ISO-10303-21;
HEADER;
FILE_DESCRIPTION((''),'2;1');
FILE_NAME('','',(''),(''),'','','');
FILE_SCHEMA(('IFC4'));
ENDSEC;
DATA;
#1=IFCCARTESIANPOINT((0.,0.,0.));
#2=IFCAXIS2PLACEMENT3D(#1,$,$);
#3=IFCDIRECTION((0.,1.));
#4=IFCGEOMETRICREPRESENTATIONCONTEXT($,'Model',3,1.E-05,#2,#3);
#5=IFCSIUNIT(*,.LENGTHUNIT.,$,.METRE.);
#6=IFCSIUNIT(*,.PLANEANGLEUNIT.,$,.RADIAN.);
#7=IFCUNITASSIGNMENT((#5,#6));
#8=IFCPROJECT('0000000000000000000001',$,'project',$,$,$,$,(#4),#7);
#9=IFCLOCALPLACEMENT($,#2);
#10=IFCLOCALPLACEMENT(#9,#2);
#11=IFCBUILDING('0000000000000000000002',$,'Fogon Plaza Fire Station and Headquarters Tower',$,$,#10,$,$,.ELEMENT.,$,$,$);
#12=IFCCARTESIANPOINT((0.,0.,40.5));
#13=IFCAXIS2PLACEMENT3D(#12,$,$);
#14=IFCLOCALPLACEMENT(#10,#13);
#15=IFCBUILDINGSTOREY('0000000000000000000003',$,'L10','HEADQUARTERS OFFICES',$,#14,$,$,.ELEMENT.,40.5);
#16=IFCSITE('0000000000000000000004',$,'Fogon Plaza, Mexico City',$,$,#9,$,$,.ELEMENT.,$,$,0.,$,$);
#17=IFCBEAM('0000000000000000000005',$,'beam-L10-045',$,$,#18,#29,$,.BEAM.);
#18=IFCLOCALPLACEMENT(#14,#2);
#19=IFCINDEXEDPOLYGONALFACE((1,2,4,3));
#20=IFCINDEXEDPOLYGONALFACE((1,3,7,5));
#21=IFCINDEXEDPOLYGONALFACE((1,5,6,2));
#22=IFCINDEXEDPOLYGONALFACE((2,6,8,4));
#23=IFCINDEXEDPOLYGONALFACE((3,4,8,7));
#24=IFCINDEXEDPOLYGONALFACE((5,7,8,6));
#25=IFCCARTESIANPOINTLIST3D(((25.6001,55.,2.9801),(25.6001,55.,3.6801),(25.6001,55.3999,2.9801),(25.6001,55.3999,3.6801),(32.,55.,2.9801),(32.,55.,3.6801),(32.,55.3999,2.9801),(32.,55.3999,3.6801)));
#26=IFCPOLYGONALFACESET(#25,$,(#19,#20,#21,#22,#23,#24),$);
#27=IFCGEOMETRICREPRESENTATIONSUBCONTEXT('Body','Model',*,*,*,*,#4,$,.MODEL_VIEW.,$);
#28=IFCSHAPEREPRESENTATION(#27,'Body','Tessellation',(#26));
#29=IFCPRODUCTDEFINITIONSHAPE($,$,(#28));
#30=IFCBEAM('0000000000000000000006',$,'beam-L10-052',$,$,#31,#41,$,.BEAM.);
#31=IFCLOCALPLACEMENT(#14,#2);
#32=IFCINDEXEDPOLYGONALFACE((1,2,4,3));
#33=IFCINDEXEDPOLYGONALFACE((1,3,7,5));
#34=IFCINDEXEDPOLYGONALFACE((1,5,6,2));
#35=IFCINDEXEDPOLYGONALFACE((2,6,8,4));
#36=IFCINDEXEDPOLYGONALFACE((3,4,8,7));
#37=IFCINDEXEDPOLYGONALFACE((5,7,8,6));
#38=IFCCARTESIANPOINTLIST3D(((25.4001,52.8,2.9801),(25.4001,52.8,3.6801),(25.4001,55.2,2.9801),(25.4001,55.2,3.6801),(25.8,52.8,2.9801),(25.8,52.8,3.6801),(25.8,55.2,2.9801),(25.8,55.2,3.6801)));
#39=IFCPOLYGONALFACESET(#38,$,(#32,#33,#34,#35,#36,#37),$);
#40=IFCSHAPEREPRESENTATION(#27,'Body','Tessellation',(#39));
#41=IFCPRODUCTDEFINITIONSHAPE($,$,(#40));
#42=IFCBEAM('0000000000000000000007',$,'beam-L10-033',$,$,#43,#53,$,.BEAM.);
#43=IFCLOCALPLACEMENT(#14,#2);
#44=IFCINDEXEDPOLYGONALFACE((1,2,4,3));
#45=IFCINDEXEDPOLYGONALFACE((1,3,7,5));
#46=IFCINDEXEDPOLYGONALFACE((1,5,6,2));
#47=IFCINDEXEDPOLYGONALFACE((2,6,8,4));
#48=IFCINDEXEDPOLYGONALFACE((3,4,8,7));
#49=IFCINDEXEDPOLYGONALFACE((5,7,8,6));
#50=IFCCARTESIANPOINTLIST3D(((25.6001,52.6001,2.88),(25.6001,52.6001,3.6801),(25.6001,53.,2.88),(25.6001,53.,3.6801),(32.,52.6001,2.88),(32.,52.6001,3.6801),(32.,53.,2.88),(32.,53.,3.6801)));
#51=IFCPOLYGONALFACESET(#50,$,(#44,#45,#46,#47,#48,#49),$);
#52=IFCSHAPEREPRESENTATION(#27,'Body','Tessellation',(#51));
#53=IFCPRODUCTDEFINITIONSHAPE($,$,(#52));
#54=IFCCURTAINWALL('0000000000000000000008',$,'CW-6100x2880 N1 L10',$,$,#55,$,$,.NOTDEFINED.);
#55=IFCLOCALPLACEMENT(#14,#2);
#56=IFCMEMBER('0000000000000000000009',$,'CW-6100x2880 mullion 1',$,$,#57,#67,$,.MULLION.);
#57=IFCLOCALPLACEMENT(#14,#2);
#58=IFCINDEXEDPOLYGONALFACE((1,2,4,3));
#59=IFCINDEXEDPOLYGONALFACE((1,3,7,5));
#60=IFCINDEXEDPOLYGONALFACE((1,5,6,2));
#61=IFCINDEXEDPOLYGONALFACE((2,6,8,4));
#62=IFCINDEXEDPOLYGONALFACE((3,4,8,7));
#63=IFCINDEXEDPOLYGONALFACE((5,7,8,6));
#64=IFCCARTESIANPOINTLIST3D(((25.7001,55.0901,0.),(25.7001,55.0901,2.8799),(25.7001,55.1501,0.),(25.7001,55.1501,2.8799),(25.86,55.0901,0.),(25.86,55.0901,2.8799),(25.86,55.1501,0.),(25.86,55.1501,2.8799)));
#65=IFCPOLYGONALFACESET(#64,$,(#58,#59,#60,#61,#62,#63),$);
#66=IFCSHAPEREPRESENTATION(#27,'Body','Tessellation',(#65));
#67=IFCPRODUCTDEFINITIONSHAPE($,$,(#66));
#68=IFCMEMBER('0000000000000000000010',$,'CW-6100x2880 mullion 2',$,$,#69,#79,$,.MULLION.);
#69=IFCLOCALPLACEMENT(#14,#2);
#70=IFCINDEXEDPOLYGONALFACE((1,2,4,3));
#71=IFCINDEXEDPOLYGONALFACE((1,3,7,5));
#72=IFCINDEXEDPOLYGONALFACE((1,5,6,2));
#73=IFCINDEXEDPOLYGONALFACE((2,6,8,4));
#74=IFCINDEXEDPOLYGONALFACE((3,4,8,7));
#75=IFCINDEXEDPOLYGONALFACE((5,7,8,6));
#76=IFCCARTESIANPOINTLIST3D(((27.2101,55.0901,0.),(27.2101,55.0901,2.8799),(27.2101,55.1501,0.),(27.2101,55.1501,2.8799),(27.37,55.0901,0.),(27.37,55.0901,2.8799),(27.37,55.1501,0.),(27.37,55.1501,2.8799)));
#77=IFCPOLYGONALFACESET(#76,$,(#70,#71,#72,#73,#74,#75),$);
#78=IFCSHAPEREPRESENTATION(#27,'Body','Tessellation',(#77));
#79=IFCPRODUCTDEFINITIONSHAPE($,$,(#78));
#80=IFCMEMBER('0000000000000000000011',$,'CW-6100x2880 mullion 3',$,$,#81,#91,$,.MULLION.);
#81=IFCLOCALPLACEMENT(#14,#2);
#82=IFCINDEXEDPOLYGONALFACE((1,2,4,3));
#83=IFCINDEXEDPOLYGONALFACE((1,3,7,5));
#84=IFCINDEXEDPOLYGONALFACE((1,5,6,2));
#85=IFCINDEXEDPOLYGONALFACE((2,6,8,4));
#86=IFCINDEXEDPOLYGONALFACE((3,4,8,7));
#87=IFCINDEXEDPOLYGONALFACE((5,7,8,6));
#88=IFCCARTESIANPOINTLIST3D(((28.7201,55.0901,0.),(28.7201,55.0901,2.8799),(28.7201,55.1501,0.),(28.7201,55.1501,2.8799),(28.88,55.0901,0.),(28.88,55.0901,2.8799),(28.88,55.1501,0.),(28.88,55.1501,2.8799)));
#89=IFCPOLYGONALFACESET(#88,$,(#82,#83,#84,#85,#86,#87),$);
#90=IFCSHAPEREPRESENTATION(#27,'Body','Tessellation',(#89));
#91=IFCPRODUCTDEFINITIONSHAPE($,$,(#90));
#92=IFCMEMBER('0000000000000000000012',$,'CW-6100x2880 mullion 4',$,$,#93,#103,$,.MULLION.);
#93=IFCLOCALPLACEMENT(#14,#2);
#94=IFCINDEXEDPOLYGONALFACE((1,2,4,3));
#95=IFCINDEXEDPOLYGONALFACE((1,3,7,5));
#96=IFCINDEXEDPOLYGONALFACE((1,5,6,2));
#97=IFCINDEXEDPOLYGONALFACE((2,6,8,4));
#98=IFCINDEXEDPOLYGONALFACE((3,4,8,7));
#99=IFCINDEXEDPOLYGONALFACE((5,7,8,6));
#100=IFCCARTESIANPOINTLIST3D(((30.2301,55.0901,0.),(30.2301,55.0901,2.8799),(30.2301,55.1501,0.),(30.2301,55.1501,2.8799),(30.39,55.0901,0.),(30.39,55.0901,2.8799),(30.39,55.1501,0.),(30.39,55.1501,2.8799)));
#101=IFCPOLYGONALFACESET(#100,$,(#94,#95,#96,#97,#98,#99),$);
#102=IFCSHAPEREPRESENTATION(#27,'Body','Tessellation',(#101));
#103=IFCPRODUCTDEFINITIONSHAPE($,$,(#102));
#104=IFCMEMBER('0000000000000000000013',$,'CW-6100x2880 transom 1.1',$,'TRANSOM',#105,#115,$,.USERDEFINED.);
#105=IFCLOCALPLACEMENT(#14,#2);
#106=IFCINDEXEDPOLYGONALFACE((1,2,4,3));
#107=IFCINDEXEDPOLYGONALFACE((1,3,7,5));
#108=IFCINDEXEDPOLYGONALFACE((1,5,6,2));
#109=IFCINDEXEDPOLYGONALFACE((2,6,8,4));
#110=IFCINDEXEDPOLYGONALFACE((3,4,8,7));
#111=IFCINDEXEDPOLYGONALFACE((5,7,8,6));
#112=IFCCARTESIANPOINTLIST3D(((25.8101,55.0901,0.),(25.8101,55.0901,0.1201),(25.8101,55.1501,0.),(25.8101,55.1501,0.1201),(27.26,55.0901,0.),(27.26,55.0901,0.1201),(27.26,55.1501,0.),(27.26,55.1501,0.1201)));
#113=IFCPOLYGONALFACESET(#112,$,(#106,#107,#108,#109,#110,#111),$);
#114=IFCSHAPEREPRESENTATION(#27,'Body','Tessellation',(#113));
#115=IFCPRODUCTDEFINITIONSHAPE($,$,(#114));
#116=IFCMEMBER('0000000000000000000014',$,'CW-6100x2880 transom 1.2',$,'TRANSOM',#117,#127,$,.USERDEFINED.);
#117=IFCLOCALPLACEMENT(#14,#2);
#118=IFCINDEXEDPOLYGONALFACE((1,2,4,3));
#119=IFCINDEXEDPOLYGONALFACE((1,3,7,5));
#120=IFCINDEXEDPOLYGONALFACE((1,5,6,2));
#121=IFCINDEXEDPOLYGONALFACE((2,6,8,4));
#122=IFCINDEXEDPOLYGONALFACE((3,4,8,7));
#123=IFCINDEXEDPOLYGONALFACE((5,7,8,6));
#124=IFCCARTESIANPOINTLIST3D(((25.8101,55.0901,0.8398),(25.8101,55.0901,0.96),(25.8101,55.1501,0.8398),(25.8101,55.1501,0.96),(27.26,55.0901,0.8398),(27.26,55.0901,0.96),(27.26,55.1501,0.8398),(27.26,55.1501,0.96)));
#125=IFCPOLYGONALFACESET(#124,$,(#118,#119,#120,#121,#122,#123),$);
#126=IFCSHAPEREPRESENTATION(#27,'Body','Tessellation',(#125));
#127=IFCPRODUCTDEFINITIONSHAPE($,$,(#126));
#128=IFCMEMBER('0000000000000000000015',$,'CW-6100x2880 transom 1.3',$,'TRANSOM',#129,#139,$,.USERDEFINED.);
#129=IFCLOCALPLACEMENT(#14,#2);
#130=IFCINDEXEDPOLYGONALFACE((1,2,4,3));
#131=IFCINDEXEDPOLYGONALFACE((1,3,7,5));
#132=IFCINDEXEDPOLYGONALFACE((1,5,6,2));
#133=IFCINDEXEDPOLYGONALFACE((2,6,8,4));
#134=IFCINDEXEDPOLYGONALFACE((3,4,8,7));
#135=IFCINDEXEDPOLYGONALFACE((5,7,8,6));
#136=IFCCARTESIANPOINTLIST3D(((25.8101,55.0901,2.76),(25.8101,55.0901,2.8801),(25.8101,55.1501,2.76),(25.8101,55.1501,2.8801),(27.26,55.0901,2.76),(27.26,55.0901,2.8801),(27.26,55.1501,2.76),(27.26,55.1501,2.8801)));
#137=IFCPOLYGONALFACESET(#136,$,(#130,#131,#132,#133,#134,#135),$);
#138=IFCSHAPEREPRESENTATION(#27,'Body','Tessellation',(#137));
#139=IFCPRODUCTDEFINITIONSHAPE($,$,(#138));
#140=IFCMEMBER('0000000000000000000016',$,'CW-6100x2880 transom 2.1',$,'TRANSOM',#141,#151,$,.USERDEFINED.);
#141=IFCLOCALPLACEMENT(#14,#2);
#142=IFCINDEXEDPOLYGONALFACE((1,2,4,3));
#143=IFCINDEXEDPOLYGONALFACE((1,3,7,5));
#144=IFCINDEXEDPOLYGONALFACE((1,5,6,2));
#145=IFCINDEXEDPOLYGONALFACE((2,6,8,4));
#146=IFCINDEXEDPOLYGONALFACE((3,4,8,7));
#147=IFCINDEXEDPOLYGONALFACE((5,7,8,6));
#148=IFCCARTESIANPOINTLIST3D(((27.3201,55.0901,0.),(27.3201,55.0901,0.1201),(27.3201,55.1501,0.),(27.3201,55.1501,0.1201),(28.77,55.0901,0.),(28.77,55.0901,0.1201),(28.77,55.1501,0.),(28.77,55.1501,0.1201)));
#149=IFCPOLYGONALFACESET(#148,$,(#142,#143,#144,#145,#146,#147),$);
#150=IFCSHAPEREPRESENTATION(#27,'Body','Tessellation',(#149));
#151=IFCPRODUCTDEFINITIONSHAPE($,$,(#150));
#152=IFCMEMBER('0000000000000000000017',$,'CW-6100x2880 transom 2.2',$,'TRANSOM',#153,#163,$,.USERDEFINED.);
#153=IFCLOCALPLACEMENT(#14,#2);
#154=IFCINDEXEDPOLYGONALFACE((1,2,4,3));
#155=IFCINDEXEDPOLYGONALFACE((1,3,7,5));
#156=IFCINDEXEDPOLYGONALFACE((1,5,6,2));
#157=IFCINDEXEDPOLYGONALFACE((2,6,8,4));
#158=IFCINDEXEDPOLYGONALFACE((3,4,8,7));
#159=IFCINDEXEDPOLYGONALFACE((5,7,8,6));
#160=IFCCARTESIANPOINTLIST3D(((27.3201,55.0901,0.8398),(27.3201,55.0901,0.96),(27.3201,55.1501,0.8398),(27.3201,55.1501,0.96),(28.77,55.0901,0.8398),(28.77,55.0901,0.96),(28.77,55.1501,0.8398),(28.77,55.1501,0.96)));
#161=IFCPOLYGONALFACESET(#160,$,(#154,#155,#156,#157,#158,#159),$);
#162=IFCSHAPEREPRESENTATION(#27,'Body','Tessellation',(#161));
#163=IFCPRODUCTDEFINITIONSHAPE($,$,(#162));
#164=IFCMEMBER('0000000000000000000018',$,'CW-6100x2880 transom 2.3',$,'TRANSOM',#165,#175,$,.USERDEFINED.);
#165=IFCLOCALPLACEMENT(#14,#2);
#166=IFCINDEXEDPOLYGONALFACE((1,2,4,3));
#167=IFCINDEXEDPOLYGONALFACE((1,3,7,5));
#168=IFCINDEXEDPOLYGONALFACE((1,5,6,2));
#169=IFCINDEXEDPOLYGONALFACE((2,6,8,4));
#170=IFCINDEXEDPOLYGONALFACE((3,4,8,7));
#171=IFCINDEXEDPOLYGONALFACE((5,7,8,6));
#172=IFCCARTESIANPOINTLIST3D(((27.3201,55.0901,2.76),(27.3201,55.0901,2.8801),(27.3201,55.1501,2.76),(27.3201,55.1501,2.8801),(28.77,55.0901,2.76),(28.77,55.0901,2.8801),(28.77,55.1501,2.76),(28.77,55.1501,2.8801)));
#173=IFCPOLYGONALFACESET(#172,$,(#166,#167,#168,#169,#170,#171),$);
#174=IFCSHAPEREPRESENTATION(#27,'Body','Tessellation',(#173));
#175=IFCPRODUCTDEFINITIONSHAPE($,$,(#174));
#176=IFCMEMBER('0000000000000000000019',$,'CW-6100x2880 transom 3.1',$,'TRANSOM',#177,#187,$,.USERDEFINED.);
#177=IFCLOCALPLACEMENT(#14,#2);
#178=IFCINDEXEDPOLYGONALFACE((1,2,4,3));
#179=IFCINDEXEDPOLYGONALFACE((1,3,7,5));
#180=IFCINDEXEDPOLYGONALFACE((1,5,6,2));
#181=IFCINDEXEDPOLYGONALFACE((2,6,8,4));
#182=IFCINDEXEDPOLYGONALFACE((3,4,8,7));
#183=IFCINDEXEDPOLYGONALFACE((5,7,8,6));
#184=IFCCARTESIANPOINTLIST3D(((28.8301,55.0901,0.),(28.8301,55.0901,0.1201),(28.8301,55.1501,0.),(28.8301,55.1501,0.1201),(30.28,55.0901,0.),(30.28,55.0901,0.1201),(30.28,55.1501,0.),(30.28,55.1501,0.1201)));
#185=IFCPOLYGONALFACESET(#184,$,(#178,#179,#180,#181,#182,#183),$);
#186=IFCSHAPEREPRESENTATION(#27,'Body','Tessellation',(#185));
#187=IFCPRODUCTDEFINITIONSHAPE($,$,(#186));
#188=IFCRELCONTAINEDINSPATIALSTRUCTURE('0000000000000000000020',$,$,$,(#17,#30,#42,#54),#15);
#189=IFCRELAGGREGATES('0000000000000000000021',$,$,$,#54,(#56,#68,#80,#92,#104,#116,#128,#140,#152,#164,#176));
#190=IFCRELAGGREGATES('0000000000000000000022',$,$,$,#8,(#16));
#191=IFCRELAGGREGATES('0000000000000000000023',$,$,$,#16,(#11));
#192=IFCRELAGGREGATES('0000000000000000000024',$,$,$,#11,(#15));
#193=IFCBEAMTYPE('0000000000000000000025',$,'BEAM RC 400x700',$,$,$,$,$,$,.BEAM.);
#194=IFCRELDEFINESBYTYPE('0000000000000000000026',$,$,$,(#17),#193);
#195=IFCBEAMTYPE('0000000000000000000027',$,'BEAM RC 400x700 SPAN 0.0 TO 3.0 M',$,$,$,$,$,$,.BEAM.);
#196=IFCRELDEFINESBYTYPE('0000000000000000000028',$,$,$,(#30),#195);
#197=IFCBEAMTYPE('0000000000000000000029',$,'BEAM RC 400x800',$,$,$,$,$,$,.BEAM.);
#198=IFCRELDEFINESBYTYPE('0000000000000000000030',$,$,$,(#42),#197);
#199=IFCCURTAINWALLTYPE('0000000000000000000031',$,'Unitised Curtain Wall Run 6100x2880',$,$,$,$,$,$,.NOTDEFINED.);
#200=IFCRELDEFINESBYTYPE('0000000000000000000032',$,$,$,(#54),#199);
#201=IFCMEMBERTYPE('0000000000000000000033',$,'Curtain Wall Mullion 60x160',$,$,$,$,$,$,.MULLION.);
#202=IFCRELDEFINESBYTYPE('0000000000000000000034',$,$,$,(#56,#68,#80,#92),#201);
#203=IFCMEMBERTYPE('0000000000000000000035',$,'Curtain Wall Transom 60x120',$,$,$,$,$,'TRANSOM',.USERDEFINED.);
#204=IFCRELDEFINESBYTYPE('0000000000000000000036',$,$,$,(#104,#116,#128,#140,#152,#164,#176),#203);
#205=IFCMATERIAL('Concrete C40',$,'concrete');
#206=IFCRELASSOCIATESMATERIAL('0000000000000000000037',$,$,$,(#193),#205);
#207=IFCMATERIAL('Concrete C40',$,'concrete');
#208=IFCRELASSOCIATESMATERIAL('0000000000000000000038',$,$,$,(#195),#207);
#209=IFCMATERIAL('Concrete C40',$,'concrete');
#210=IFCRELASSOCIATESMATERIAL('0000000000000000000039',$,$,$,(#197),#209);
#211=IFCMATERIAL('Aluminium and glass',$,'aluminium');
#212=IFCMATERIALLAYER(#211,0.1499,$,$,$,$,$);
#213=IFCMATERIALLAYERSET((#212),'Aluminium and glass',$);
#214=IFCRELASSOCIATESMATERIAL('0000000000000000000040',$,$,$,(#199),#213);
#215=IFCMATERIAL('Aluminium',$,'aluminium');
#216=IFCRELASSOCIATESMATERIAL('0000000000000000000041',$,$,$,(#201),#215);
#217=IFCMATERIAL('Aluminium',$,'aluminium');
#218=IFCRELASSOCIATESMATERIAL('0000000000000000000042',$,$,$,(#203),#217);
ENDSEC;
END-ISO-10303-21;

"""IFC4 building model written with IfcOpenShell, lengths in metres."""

from ifc_helpers import new_model, si_unit, direction, frame, origin, origin_2d, place, context, subcontext, project, spatial, rectangle, extrude, material, layer, layer_set, material_profile, profile_set, type_object, element, aggregate, save


model = new_model("IFC4")

# Units and contexts
model_context = context("Model", 3, precision=1e-05, world=origin(), true_north=direction((0.0, 1.0)))
body_context = subcontext(model_context, "Body", "Model", "MODEL_VIEW")
ifc_project = project(units=[si_unit("LENGTHUNIT", "METRE"), si_unit("PLANEANGLEUNIT", "RADIAN")], contexts=[model_context])

# Site, building, storey
site_placement = place(None, origin())
site = spatial("IfcSite", under=ifc_project, at=site_placement, Name="Fogon Plaza, Mexico City", CompositionType="ELEMENT", RefElevation=0.0)
building_placement = place(site_placement, origin())
building = spatial("IfcBuilding", under=site, at=building_placement, Name="Fogon Plaza Fire Station and Headquarters Tower", CompositionType="ELEMENT")
storey_placement = place(building_placement, frame((0.0, 0.0, 40.5)))
storey = spatial("IfcBuildingStorey", under=building, at=storey_placement, Name="L10", Description="HEADQUARTERS OFFICES", CompositionType="ELEMENT", Elevation=40.5)

# Beams
ifc_material_1 = material(Name="Concrete C40", Category="concrete")
ifc_material_profile_1 = material_profile(ifc_material_1, rectangle(XDim=0.3999, YDim=0.7, at=origin_2d()), Name="RC 400x700")
ifc_profile_set_1 = profile_set([ifc_material_profile_1], Name="Concrete C40")
beam_type_1 = type_object("IfcBeamType", Name="BEAM RC 400x700", PredefinedType="BEAM", material=ifc_profile_set_1)
beam_1_placement = place(storey_placement, frame((25.6001, 55.2, 3.3301), z_axis=(1.0, 0.0, 0.0), x_axis=(0.0, 1.0, 0.0)))
element("IfcBeam", 1, at=beam_1_placement, inside=storey, type_object=beam_type_1, Name="beam-L10-045", PredefinedType="BEAM", context=body_context, shape_type="SweptSolid", body=[
    extrude(rectangle(XDim=0.3999, YDim=0.7, at=origin_2d()), origin(), (0.0, 0.0, 1.0), 6.3999),
])
ifc_material_2 = material(Name="Concrete C40", Category="concrete")
ifc_material_profile_2 = material_profile(ifc_material_2, rectangle(XDim=0.3999, YDim=0.7, at=origin_2d()), Name="RC 400x700")
ifc_profile_set_2 = profile_set([ifc_material_profile_2], Name="Concrete C40")
beam_type_2 = type_object("IfcBeamType", Name="BEAM RC 400x700 SPAN 0.0 TO 3.0 M", PredefinedType="BEAM", material=ifc_profile_set_2)
beam_2_placement = place(storey_placement, frame((25.6001, 52.8, 3.3301), z_axis=(0.0, 1.0, 0.0), x_axis=(-1.0, 0.0, 0.0)))
element("IfcBeam", 2, at=beam_2_placement, inside=storey, type_object=beam_type_2, Name="beam-L10-052", PredefinedType="BEAM", context=body_context, shape_type="SweptSolid", body=[
    extrude(rectangle(XDim=0.3999, YDim=0.7, at=origin_2d()), origin(), (0.0, 0.0, 1.0), 2.3999),
])
ifc_material_3 = material(Name="Concrete C40", Category="concrete")
ifc_material_profile_3 = material_profile(ifc_material_3, rectangle(XDim=0.3999, YDim=0.8, at=origin_2d()), Name="RC 400x800")
ifc_profile_set_3 = profile_set([ifc_material_profile_3], Name="Concrete C40")
beam_type_3 = type_object("IfcBeamType", Name="BEAM RC 400x800", PredefinedType="BEAM", material=ifc_profile_set_3)
beam_3_placement = place(storey_placement, frame((25.6001, 52.8, 3.28), z_axis=(1.0, 0.0, 0.0), x_axis=(0.0, 1.0, 0.0)))
element("IfcBeam", 3, at=beam_3_placement, inside=storey, type_object=beam_type_3, Name="beam-L10-033", PredefinedType="BEAM", context=body_context, shape_type="SweptSolid", body=[
    extrude(rectangle(XDim=0.3999, YDim=0.8, at=origin_2d()), origin(), (0.0, 0.0, 1.0), 6.3999),
])

# Curtain wall, members
ifc_material_4 = material(Name="Aluminium and glass", Category="aluminium")
ifc_layer_1 = layer(ifc_material_4, 0.1499)
ifc_layer_set_1 = layer_set([ifc_layer_1], Name="Aluminium and glass")
curtain_wall_type = type_object("IfcCurtainWallType", Name="Unitised Curtain Wall Run 6100x2880", PredefinedType="NOTDEFINED", material=ifc_layer_set_1)
curtain_wall_placement = place(storey_placement, origin())
curtain_wall = element("IfcCurtainWall", 4, at=curtain_wall_placement, inside=storey, type_object=curtain_wall_type, Name="CW-6100x2880 N1 L10", PredefinedType="NOTDEFINED")
ifc_material_5 = material(Name="Aluminium", Category="aluminium")
ifc_material_profile_4 = material_profile(ifc_material_5, rectangle(XDim=0.0601, YDim=0.1599, at=origin_2d()), Name="Curtain Wall Mullion 60x160")
ifc_profile_set_4 = profile_set([ifc_material_profile_4], Name="Aluminium")
member_type_1 = type_object("IfcMemberType", Name="Curtain Wall Mullion 60x160", PredefinedType="MULLION", material=ifc_profile_set_4)
member_1_placement = place(storey_placement, frame((25.78, 55.1201, 0.0), z_axis=(0.0, 0.0, 1.0), x_axis=(0.0, 1.0, 0.0)))
member_1 = element("IfcMember", 5, at=member_1_placement, type_object=member_type_1, Name="CW-6100x2880 mullion 1", PredefinedType="MULLION", context=body_context, shape_type="SweptSolid", body=[
    extrude(rectangle(XDim=0.0601, YDim=0.1599, at=origin_2d()), origin(), (0.0, 0.0, 1.0), 2.8799),
])
member_2_placement = place(storey_placement, frame((27.29, 55.1201, 0.0), z_axis=(0.0, 0.0, 1.0), x_axis=(0.0, 1.0, 0.0)))
member_2 = element("IfcMember", 6, at=member_2_placement, type_object=member_type_1, Name="CW-6100x2880 mullion 2", PredefinedType="MULLION", context=body_context, shape_type="SweptSolid", body=[
    extrude(rectangle(XDim=0.0601, YDim=0.1599, at=origin_2d()), origin(), (0.0, 0.0, 1.0), 2.8799),
])
member_3_placement = place(storey_placement, frame((28.8, 55.1201, 0.0), z_axis=(0.0, 0.0, 1.0), x_axis=(0.0, 1.0, 0.0)))
member_3 = element("IfcMember", 7, at=member_3_placement, type_object=member_type_1, Name="CW-6100x2880 mullion 3", PredefinedType="MULLION", context=body_context, shape_type="SweptSolid", body=[
    extrude(rectangle(XDim=0.0601, YDim=0.1599, at=origin_2d()), origin(), (0.0, 0.0, 1.0), 2.8799),
])
member_4_placement = place(storey_placement, frame((30.3101, 55.1201, 0.0), z_axis=(0.0, 0.0, 1.0), x_axis=(0.0, 1.0, 0.0)))
member_4 = element("IfcMember", 8, at=member_4_placement, type_object=member_type_1, Name="CW-6100x2880 mullion 4", PredefinedType="MULLION", context=body_context, shape_type="SweptSolid", body=[
    extrude(rectangle(XDim=0.0601, YDim=0.1599, at=origin_2d()), origin(), (0.0, 0.0, 1.0), 2.8799),
])
ifc_material_6 = material(Name="Aluminium", Category="aluminium")
ifc_material_profile_5 = material_profile(ifc_material_6, rectangle(XDim=0.0601, YDim=0.1201, at=origin_2d()), Name="Curtain Wall Transom 60x120")
ifc_profile_set_5 = profile_set([ifc_material_profile_5], Name="Aluminium")
member_type_2 = type_object("IfcMemberType", Name="Curtain Wall Transom 60x120", ElementType="TRANSOM", PredefinedType="USERDEFINED", material=ifc_profile_set_5)
member_5_placement = place(storey_placement, frame((25.8101, 55.1201, 0.0601), z_axis=(1.0, 0.0, 0.0), x_axis=(0.0, 1.0, 0.0)))
member_5 = element("IfcMember", 9, at=member_5_placement, type_object=member_type_2, Name="CW-6100x2880 transom 1.1", ObjectType="TRANSOM", PredefinedType="USERDEFINED", context=body_context, shape_type="SweptSolid", body=[
    extrude(rectangle(XDim=0.0601, YDim=0.1201, at=origin_2d()), origin(), (0.0, 0.0, 1.0), 1.45),
])
member_6_placement = place(storey_placement, frame((25.8101, 55.1201, 0.8999), z_axis=(1.0, 0.0, 0.0), x_axis=(0.0, 1.0, 0.0)))
member_6 = element("IfcMember", 10, at=member_6_placement, type_object=member_type_2, Name="CW-6100x2880 transom 1.2", ObjectType="TRANSOM", PredefinedType="USERDEFINED", context=body_context, shape_type="SweptSolid", body=[
    extrude(rectangle(XDim=0.0601, YDim=0.1201, at=origin_2d()), origin(), (0.0, 0.0, 1.0), 1.45),
])
member_7_placement = place(storey_placement, frame((25.8101, 55.1201, 2.8201), z_axis=(1.0, 0.0, 0.0), x_axis=(0.0, 1.0, 0.0)))
member_7 = element("IfcMember", 11, at=member_7_placement, type_object=member_type_2, Name="CW-6100x2880 transom 1.3", ObjectType="TRANSOM", PredefinedType="USERDEFINED", context=body_context, shape_type="SweptSolid", body=[
    extrude(rectangle(XDim=0.0601, YDim=0.1201, at=origin_2d()), origin(), (0.0, 0.0, 1.0), 1.45),
])
member_8_placement = place(storey_placement, frame((27.3201, 55.1201, 0.0601), z_axis=(1.0, 0.0, 0.0), x_axis=(0.0, 1.0, 0.0)))
member_8 = element("IfcMember", 12, at=member_8_placement, type_object=member_type_2, Name="CW-6100x2880 transom 2.1", ObjectType="TRANSOM", PredefinedType="USERDEFINED", context=body_context, shape_type="SweptSolid", body=[
    extrude(rectangle(XDim=0.0601, YDim=0.1201, at=origin_2d()), origin(), (0.0, 0.0, 1.0), 1.45),
])
member_9_placement = place(storey_placement, frame((27.3201, 55.1201, 0.8999), z_axis=(1.0, 0.0, 0.0), x_axis=(0.0, 1.0, 0.0)))
member_9 = element("IfcMember", 13, at=member_9_placement, type_object=member_type_2, Name="CW-6100x2880 transom 2.2", ObjectType="TRANSOM", PredefinedType="USERDEFINED", context=body_context, shape_type="SweptSolid", body=[
    extrude(rectangle(XDim=0.0601, YDim=0.1201, at=origin_2d()), origin(), (0.0, 0.0, 1.0), 1.45),
])
member_10_placement = place(storey_placement, frame((27.3201, 55.1201, 2.8201), z_axis=(1.0, 0.0, 0.0), x_axis=(0.0, 1.0, 0.0)))
member_10 = element("IfcMember", 14, at=member_10_placement, type_object=member_type_2, Name="CW-6100x2880 transom 2.3", ObjectType="TRANSOM", PredefinedType="USERDEFINED", context=body_context, shape_type="SweptSolid", body=[
    extrude(rectangle(XDim=0.0601, YDim=0.1201, at=origin_2d()), origin(), (0.0, 0.0, 1.0), 1.45),
])
member_11_placement = place(storey_placement, frame((28.8301, 55.1201, 0.0601), z_axis=(1.0, 0.0, 0.0), x_axis=(0.0, 1.0, 0.0)))
member_11 = element("IfcMember", 15, at=member_11_placement, type_object=member_type_2, Name="CW-6100x2880 transom 3.1", ObjectType="TRANSOM", PredefinedType="USERDEFINED", context=body_context, shape_type="SweptSolid", body=[
    extrude(rectangle(XDim=0.0601, YDim=0.1201, at=origin_2d()), origin(), (0.0, 0.0, 1.0), 1.45),
])

aggregate(curtain_wall, [member_1, member_2, member_3, member_4, member_5, member_6, member_7, member_8, member_9, member_10, member_11])

save(model, "model.ifc")
